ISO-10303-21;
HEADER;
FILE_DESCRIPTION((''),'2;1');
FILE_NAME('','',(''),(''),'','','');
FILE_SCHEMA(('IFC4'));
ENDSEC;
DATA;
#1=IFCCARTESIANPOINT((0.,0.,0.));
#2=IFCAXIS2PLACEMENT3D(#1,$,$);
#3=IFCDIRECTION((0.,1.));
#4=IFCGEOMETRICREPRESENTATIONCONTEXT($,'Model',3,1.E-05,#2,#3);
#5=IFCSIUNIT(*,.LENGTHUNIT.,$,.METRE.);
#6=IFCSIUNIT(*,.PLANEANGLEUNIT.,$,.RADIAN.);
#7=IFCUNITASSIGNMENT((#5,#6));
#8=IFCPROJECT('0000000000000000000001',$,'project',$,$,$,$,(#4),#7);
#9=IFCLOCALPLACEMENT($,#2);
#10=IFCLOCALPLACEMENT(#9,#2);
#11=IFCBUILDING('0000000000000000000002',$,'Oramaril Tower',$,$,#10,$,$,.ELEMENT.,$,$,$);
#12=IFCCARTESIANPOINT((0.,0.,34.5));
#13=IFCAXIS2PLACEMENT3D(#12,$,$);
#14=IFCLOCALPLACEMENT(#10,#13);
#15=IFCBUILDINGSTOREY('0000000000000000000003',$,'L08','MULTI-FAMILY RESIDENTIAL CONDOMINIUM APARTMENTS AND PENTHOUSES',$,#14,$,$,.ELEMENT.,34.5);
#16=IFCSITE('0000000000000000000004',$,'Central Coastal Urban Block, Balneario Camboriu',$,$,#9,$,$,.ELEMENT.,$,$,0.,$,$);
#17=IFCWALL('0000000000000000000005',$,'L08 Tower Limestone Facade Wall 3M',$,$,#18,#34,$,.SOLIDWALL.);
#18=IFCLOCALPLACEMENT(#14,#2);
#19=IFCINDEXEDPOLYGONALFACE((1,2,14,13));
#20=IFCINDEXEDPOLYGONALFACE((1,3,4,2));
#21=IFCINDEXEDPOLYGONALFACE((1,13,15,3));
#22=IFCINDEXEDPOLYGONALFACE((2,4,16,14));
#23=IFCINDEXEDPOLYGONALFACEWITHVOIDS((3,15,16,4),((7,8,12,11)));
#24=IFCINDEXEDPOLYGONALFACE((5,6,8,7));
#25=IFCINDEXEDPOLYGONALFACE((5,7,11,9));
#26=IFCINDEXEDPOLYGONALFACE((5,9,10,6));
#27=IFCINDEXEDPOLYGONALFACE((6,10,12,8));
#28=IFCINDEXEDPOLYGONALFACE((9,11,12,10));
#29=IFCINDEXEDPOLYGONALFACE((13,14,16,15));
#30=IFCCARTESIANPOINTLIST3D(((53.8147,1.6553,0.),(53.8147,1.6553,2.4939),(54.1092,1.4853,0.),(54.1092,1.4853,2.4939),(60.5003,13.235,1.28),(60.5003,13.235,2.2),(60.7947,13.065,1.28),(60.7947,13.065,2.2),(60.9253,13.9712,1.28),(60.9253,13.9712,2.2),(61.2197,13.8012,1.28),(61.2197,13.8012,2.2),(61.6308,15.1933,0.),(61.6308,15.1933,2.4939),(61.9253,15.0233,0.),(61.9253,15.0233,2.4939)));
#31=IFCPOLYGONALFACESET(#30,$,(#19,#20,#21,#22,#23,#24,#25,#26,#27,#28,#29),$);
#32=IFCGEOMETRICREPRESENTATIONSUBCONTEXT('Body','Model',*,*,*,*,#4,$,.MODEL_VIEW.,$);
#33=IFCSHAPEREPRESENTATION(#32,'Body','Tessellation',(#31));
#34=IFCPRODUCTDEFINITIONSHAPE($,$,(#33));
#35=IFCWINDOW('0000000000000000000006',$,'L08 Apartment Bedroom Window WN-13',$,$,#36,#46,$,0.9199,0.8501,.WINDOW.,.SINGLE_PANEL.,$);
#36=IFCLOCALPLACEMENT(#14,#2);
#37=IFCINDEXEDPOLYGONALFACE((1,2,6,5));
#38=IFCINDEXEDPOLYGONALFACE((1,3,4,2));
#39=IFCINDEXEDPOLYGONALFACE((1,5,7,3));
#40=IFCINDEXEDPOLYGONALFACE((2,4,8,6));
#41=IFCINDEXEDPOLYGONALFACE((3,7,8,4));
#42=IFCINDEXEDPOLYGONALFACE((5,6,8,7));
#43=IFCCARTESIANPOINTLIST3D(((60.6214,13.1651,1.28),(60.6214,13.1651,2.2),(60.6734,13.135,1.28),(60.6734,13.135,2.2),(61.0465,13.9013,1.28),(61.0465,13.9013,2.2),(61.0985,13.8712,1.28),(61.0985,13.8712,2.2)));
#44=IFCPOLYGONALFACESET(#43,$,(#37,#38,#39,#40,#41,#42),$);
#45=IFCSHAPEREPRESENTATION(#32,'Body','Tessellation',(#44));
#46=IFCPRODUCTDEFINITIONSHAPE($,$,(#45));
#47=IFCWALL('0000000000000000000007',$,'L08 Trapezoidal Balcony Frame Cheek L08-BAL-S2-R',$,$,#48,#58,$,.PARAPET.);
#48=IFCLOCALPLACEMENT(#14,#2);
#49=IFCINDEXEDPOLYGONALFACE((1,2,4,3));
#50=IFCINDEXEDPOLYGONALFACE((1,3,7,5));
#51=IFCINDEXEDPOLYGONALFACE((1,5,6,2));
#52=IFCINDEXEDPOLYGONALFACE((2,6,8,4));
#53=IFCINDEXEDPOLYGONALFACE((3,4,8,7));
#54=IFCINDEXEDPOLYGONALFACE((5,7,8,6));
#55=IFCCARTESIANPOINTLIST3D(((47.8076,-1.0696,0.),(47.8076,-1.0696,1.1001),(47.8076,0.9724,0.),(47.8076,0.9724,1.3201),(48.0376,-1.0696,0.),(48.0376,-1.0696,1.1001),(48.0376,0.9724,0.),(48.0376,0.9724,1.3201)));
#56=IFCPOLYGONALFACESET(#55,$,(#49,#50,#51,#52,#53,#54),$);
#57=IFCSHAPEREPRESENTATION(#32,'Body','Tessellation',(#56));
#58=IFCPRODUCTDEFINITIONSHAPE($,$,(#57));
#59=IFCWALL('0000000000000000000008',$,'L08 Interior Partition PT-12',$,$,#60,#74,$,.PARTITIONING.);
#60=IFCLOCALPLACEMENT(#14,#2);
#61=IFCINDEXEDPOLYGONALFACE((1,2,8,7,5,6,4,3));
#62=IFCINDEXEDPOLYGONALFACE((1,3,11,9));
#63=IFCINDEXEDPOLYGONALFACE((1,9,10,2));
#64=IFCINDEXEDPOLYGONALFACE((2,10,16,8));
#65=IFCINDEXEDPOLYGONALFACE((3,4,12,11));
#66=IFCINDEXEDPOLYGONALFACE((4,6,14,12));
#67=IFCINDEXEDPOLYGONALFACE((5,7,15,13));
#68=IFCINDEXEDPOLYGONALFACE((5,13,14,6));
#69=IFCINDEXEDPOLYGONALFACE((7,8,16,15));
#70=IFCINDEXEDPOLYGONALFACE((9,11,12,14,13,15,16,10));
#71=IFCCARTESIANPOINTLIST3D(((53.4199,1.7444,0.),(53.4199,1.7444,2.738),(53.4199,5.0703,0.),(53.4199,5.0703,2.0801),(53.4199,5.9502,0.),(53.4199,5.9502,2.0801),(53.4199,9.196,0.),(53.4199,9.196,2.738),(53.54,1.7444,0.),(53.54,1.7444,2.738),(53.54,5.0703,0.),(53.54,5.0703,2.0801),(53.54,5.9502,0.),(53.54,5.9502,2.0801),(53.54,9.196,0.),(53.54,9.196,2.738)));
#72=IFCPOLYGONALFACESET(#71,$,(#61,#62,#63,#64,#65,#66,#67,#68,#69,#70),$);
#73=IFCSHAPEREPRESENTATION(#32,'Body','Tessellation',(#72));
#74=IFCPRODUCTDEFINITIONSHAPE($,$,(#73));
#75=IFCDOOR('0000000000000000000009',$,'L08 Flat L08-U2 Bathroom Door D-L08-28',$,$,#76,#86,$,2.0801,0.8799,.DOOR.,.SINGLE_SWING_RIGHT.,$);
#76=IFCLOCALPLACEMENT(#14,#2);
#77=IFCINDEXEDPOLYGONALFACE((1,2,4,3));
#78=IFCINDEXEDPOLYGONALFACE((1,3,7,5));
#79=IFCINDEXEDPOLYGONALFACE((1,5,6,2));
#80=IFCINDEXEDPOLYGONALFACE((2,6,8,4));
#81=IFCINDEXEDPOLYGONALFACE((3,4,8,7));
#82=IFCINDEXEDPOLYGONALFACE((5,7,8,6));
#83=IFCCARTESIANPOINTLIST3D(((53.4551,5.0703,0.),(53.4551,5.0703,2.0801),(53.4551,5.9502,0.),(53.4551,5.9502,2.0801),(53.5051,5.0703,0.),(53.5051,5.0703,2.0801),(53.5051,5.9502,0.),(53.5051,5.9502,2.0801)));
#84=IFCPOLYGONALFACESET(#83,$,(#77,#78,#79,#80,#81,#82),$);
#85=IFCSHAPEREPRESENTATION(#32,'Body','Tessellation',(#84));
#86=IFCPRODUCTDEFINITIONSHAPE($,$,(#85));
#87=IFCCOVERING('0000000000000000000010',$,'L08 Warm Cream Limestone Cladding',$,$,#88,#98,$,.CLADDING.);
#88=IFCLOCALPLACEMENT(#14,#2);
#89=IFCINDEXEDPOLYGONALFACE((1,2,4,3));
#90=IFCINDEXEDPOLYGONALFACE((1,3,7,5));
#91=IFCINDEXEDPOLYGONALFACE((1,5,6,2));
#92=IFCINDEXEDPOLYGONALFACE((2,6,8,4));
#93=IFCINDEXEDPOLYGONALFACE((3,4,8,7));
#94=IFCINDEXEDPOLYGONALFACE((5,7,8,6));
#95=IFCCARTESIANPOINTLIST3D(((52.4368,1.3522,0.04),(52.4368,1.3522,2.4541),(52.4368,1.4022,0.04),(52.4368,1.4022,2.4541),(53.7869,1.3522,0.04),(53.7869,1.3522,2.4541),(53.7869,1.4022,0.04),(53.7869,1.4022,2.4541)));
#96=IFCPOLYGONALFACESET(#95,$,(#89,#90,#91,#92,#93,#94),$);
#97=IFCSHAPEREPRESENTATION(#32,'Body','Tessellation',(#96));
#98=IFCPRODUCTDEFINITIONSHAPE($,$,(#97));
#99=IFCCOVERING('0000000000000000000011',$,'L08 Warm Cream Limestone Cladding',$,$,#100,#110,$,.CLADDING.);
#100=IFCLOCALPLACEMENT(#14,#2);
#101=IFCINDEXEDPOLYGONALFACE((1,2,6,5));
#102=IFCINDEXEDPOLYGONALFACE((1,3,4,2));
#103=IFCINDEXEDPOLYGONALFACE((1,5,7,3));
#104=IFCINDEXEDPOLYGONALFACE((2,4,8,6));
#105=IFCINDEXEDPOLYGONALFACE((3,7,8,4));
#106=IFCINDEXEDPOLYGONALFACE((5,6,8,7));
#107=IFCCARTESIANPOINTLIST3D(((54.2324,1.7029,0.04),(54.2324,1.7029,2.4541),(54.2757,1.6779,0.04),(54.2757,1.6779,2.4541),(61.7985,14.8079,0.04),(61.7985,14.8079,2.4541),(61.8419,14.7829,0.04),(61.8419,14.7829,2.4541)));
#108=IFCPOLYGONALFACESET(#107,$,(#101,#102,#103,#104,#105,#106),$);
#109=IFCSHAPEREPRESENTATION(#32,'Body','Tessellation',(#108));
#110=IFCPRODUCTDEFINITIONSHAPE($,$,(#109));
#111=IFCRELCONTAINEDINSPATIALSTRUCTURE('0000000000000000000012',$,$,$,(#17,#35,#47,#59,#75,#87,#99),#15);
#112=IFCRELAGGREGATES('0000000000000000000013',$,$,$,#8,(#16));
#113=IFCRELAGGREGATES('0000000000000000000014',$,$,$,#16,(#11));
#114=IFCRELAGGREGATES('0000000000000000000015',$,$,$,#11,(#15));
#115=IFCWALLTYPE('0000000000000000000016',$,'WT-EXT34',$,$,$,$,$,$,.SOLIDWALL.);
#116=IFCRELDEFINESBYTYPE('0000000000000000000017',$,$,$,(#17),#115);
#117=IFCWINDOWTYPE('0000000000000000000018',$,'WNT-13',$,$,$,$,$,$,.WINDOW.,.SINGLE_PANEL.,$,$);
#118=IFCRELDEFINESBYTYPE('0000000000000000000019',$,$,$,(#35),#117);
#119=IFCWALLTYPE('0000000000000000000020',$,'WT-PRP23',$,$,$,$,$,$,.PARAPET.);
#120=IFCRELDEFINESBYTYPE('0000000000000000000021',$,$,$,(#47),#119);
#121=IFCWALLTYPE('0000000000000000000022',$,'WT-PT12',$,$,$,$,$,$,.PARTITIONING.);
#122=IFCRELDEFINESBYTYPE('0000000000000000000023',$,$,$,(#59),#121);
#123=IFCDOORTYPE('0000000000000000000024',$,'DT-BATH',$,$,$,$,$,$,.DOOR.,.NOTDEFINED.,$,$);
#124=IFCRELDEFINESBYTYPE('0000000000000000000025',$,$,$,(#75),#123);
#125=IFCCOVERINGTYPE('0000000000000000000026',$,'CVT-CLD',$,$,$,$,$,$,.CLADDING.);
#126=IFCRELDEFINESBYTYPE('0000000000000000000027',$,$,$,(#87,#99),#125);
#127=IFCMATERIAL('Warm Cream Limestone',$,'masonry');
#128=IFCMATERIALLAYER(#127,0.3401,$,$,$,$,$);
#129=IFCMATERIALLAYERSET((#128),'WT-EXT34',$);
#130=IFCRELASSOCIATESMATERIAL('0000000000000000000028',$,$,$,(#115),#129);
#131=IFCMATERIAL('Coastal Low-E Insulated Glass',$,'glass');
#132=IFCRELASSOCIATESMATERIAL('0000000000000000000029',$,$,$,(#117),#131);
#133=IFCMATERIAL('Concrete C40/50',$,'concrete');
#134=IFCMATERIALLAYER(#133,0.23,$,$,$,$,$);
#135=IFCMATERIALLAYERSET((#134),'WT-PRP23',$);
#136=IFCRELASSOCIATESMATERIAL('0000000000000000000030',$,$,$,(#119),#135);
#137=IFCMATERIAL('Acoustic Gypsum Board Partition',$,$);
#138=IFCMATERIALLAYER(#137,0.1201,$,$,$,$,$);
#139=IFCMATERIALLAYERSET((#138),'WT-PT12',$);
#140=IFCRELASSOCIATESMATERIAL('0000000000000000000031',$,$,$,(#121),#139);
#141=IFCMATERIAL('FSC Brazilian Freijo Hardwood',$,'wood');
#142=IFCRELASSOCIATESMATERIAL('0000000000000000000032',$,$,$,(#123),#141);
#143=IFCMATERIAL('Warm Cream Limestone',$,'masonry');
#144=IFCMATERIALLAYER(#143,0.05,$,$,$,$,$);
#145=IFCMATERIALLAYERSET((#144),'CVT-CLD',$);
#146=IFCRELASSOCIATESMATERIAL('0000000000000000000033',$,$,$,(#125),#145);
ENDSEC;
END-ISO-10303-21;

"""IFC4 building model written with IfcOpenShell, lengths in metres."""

from ifc_helpers import new_model, si_unit, direction, frame, frame_2d, origin, origin_2d, place, context, subcontext, project, spatial, polyline, rectangle, outline, extrude, material, layer, layer_set, type_object, element, fill, save


model = new_model("IFC4")

# Units and contexts
model_context = context("Model", 3, precision=1e-05, world=origin(), true_north=direction((0.0, 1.0)))
body_context = subcontext(model_context, "Body", "Model", "MODEL_VIEW")
ifc_project = project(units=[si_unit("LENGTHUNIT", "METRE"), si_unit("PLANEANGLEUNIT", "RADIAN")], contexts=[model_context])

# Site, building, storey
site_placement = place(None, origin())
site = spatial("IfcSite", under=ifc_project, at=site_placement, Name="Central Coastal Urban Block, Balneario Camboriu", CompositionType="ELEMENT", RefElevation=0.0)
building_placement = place(site_placement, origin())
building = spatial("IfcBuilding", under=site, at=building_placement, Name="Oramaril Tower", CompositionType="ELEMENT")
storey_placement = place(building_placement, frame((0.0, 0.0, 34.5)))
storey = spatial("IfcBuildingStorey", under=building, at=storey_placement, Name="L08", Description="MULTI-FAMILY RESIDENTIAL CONDOMINIUM APARTMENTS AND PENTHOUSES", CompositionType="ELEMENT", Elevation=34.5)

# Wall, opening, window
ifc_material_1 = material(Name="Warm Cream Limestone", Category="masonry")
ifc_layer_1 = layer(ifc_material_1, 0.3401)
ifc_layer_set_1 = layer_set([ifc_layer_1], Name="WT-EXT34")
wall_type_1 = type_object("IfcWallType", Name="WT-EXT34", PredefinedType="SOLIDWALL", material=ifc_layer_set_1)
wall_1_placement = place(storey_placement, frame((53.9619, 1.5703, 0.0), z_axis=(0.0, 0.0, 1.0), x_axis=(0.499997, 0.866027, 0.0)))
wall_1 = element("IfcWall", 1, at=wall_1_placement, inside=storey, type_object=wall_type_1, Name="L08 Tower Limestone Facade Wall 3M", PredefinedType="SOLIDWALL", context=body_context, shape_type="SweptSolid", body=[
    extrude(rectangle(XDim=15.6323, YDim=0.3401, at=frame_2d((7.8162, 0.0))), origin(), (0.0, 0.0, 1.0), 2.4939),
])
opening_1_placement = place(wall_1_placement, frame((13.3711, 0.0, 1.28)))
opening_1 = element("IfcOpeningElement", 2, at=opening_1_placement, cuts=wall_1, PredefinedType="OPENING", context=body_context, shape_type="SweptSolid", body=[
    extrude(rectangle(XDim=0.8501, YDim=0.9199, at=frame_2d((0.425, 0.46))), frame((0.0, 0.1699, 0.0), z_axis=(0.0, -1.0, 0.0), x_axis=(1.0, 0.0, 0.0)), (0.0, 0.0, 1.0), 0.3401),
])
ifc_material_2 = material(Name="Coastal Low-E Insulated Glass", Category="glass")
window_type = type_object("IfcWindowType", Name="WNT-13", PartitioningType="SINGLE_PANEL", PredefinedType="WINDOW", material=ifc_material_2)
window_placement = place(opening_1_placement, origin())
window = element("IfcWindow", 3, at=window_placement, inside=storey, type_object=window_type, Name="L08 Apartment Bedroom Window WN-13", OverallHeight=0.9199, OverallWidth=0.8501, PartitioningType="SINGLE_PANEL", PredefinedType="WINDOW", context=body_context, shape_type="SweptSolid", body=[
    extrude(rectangle(XDim=0.8501, YDim=0.9199, at=frame_2d((0.425, 0.46))), frame((0.0, 0.03, 0.0), z_axis=(0.0, -1.0, 0.0), x_axis=(1.0, 0.0, 0.0)), (0.0, 0.0, 1.0), 0.0601),
])
fill(opening_1, window)

# Wall
ifc_material_3 = material(Name="Concrete C40/50", Category="concrete")
ifc_layer_2 = layer(ifc_material_3, 0.23)
ifc_layer_set_2 = layer_set([ifc_layer_2], Name="WT-PRP23")
wall_type_2 = type_object("IfcWallType", Name="WT-PRP23", PredefinedType="PARAPET", material=ifc_layer_set_2)
wall_2_placement = place(storey_placement, frame((47.9226, 0.9724, 0.0), z_axis=(0.0, 0.0, 1.0), x_axis=(0.0, -1.0, 0.0)))
element("IfcWall", 4, at=wall_2_placement, inside=storey, type_object=wall_type_2, Name="L08 Trapezoidal Balcony Frame Cheek L08-BAL-S2-R", PredefinedType="PARAPET", context=body_context, shape_type="SweptSolid", body=[
    extrude(outline(polyline([(0.0, 0.0), (2.042, 0.0), (2.042, 1.1001), (0.0, 1.3201), (0.0, 0.0)])), frame((0.0, 0.115, 0.0), z_axis=(0.0, -1.0, 0.0), x_axis=(1.0, 0.0, 0.0)), (0.0, 0.0, 1.0), 0.23),
])

# Wall, opening, door
ifc_material_4 = material(Name="Acoustic Gypsum Board Partition")
ifc_layer_3 = layer(ifc_material_4, 0.1201)
ifc_layer_set_3 = layer_set([ifc_layer_3], Name="WT-PT12")
wall_type_3 = type_object("IfcWallType", Name="WT-PT12", PredefinedType="PARTITIONING", material=ifc_layer_set_3)
wall_3_placement = place(storey_placement, frame((53.48, 1.7444, 0.0), z_axis=(0.0, 0.0, 1.0), x_axis=(0.0, 1.0, 0.0)))
wall_3 = element("IfcWall", 5, at=wall_3_placement, inside=storey, type_object=wall_type_3, Name="L08 Interior Partition PT-12", PredefinedType="PARTITIONING", context=body_context, shape_type="SweptSolid", body=[
    extrude(rectangle(XDim=7.4517, YDim=0.1201, at=frame_2d((3.7258, 0.0))), origin(), (0.0, 0.0, 1.0), 2.738),
])
opening_2_placement = place(wall_3_placement, frame((3.3259, 0.0, 0.0)))
opening_2 = element("IfcOpeningElement", 6, at=opening_2_placement, cuts=wall_3, PredefinedType="OPENING", context=body_context, shape_type="SweptSolid", body=[
    extrude(rectangle(XDim=0.8799, YDim=2.0801, at=frame_2d((0.4399, 1.04))), frame((0.0, 0.0601, 0.0), z_axis=(0.0, -1.0, 0.0), x_axis=(1.0, 0.0, 0.0)), (0.0, 0.0, 1.0), 0.1201),
])
ifc_material_5 = material(Name="FSC Brazilian Freijo Hardwood", Category="wood")
door_type = type_object("IfcDoorType", Name="DT-BATH", OperationType="NOTDEFINED", PredefinedType="DOOR", material=ifc_material_5)
door_placement = place(opening_2_placement, origin())
door = element("IfcDoor", 7, at=door_placement, inside=storey, type_object=door_type, Name="L08 Flat L08-U2 Bathroom Door D-L08-28", OperationType="SINGLE_SWING_RIGHT", OverallHeight=2.0801, OverallWidth=0.8799, PredefinedType="DOOR", context=body_context, shape_type="SweptSolid", body=[
    extrude(rectangle(XDim=0.8799, YDim=2.0801, at=frame_2d((0.4399, 1.04))), frame((0.0, 0.0249, 0.0), z_axis=(0.0, -1.0, 0.0), x_axis=(1.0, 0.0, 0.0)), (0.0, 0.0, 1.0), 0.05),
])
fill(opening_2, door)

# Coverings
ifc_material_6 = material(Name="Warm Cream Limestone", Category="masonry")
ifc_layer_4 = layer(ifc_material_6, 0.05)
ifc_layer_set_4 = layer_set([ifc_layer_4], Name="CVT-CLD")
covering_type = type_object("IfcCoveringType", Name="CVT-CLD", PredefinedType="CLADDING", material=ifc_layer_set_4)
covering_1_placement = place(storey_placement, frame((53.1118, 1.3772, 0.04), z_axis=(0.0, 0.0, 1.0), x_axis=(1.0, 0.0, 0.0)))
element("IfcCovering", 8, at=covering_1_placement, inside=storey, type_object=covering_type, Name="L08 Warm Cream Limestone Cladding", PredefinedType="CLADDING", context=body_context, shape_type="SweptSolid", body=[
    extrude(rectangle(XDim=1.3501, YDim=0.05, at=origin_2d()), origin(), (0.0, 0.0, 1.0), 2.4141),
])
covering_2_placement = place(storey_placement, frame((58.0371, 8.2429, 0.04), z_axis=(0.0, 0.0, 1.0), x_axis=(0.499998, 0.866026, 0.0)))
element("IfcCovering", 9, at=covering_2_placement, inside=storey, type_object=covering_type, Name="L08 Warm Cream Limestone Cladding", PredefinedType="CLADDING", context=body_context, shape_type="SweptSolid", body=[
    extrude(rectangle(XDim=15.1323, YDim=0.05, at=origin_2d()), origin(), (0.0, 0.0, 1.0), 2.4141),
])

save(model, "model.ifc")
